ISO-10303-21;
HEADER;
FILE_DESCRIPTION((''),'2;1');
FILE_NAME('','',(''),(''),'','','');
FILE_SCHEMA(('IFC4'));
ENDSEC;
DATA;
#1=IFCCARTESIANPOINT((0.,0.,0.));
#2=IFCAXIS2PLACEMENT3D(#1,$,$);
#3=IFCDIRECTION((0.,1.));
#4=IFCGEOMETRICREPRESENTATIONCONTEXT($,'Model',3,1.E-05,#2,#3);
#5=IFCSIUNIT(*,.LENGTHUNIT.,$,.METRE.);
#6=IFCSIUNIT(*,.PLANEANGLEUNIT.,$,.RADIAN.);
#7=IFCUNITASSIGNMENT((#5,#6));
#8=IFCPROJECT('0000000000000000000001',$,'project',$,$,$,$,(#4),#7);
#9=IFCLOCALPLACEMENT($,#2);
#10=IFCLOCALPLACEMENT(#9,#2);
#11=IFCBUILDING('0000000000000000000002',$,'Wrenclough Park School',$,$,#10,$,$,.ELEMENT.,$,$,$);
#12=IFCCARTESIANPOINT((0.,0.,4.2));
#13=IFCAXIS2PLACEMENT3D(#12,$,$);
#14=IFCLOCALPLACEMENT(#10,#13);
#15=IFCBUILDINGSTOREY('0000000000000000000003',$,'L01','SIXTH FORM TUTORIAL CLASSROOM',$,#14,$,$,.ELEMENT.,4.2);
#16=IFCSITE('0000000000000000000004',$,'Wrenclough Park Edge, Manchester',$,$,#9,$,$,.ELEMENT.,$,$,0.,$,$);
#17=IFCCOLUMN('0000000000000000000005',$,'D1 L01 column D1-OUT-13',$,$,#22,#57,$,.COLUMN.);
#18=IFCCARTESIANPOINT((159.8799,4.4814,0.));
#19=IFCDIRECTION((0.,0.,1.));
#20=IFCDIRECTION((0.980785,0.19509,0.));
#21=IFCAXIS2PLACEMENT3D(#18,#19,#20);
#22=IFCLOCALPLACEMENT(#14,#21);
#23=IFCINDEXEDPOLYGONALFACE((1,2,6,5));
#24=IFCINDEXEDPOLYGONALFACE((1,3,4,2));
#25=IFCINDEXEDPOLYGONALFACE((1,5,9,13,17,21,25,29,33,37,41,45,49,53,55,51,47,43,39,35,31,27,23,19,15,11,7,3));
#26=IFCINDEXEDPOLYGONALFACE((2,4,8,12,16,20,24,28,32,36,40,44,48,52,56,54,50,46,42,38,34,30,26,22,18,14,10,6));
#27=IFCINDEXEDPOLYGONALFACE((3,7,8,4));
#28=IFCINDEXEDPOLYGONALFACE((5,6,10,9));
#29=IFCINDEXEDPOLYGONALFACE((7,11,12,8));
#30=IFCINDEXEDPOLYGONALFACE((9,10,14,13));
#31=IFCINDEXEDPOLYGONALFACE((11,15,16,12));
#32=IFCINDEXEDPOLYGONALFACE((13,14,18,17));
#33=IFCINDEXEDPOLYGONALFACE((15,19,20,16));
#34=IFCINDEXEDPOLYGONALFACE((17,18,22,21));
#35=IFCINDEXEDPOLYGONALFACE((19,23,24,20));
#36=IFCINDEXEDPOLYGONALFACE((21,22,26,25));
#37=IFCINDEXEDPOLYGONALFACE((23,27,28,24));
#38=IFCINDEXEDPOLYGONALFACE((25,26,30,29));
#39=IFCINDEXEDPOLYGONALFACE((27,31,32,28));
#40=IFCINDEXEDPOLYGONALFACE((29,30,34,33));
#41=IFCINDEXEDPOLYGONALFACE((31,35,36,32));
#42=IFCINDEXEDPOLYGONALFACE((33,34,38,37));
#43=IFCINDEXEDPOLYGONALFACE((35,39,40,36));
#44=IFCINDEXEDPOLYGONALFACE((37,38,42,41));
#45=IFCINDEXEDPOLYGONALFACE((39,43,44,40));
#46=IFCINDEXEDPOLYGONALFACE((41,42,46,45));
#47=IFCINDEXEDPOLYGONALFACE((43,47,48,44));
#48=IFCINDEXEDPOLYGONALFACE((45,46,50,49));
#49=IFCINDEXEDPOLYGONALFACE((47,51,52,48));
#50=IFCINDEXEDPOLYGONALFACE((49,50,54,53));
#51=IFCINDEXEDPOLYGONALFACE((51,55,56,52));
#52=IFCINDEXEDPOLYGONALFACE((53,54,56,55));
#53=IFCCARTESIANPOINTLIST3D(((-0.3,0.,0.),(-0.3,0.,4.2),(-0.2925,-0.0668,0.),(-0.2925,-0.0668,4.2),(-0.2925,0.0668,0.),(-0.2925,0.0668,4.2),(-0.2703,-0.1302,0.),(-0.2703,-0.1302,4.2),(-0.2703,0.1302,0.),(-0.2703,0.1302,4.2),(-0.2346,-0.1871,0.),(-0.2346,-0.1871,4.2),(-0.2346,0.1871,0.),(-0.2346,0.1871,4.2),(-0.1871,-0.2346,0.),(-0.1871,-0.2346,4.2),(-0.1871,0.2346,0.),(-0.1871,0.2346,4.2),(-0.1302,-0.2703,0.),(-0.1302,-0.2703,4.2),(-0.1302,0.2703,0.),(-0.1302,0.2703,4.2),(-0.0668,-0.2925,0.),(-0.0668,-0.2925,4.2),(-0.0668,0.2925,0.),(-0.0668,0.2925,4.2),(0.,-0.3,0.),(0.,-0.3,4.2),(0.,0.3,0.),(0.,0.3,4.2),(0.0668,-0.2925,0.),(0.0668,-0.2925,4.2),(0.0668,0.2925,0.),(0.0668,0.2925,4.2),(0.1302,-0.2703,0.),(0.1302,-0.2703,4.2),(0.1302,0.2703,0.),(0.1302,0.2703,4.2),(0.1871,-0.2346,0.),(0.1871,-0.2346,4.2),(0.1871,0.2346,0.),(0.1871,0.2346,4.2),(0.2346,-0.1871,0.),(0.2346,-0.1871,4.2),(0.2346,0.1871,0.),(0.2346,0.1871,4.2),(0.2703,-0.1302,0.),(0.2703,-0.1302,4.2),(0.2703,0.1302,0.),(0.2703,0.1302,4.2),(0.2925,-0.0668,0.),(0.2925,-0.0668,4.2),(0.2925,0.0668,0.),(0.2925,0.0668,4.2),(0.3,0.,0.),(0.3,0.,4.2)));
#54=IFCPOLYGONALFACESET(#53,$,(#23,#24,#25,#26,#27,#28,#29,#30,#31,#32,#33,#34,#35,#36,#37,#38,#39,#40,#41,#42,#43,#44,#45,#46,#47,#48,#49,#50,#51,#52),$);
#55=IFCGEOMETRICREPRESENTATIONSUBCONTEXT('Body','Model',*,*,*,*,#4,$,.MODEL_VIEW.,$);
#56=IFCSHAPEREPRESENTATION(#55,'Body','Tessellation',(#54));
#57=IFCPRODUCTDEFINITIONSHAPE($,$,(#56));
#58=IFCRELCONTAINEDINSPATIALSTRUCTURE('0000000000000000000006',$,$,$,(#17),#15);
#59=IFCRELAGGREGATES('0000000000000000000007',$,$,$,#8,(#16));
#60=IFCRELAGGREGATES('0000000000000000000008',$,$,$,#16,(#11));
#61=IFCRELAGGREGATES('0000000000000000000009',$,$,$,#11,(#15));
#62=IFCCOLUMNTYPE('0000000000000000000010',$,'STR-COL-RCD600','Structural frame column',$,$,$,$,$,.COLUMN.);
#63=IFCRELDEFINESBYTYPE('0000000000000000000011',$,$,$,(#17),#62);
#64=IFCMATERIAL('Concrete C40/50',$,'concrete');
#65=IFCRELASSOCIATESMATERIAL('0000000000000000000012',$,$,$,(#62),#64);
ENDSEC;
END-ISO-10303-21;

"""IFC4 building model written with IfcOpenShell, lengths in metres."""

from ifc_helpers import new_model, si_unit, direction, frame, origin, origin_2d, place, context, subcontext, project, spatial, circle, extrude, material, material_profile, profile_set, type_object, element, save


model = new_model("IFC4")

# Units and contexts
model_context = context("Model", 3, precision=1e-05, world=origin(), true_north=direction((0.0, 1.0)))
body_context = subcontext(model_context, "Body", "Model", "MODEL_VIEW")
ifc_project = project(units=[si_unit("LENGTHUNIT", "METRE"), si_unit("PLANEANGLEUNIT", "RADIAN")], contexts=[model_context])

# Site, building, storey
site_placement = place(None, origin())
site = spatial("IfcSite", under=ifc_project, at=site_placement, Name="Wrenclough Park Edge, Manchester", CompositionType="ELEMENT", RefElevation=0.0)
building_placement = place(site_placement, origin())
building = spatial("IfcBuilding", under=site, at=building_placement, Name="Wrenclough Park School", CompositionType="ELEMENT")
storey_placement = place(building_placement, frame((0.0, 0.0, 4.2)))
storey = spatial("IfcBuildingStorey", under=building, at=storey_placement, Name="L01", Description="SIXTH FORM TUTORIAL CLASSROOM", CompositionType="ELEMENT", Elevation=4.2)

# Column
ifc_material_1 = material(Name="Concrete C40/50", Category="concrete")
ifc_material_profile_1 = material_profile(ifc_material_1, circle(Radius=0.3, at=origin_2d()), Name="RC COL D600")
ifc_profile_set_1 = profile_set([ifc_material_profile_1], Name="Concrete C40/50")
column_type = type_object("IfcColumnType", Name="STR-COL-RCD600", Description="Structural frame column", PredefinedType="COLUMN", material=ifc_profile_set_1)
column_placement = place(storey_placement, frame((159.8799, 4.4814, 0.0), z_axis=(0.0, 0.0, 1.0), x_axis=(0.980785, 0.19509, 0.0)))
element("IfcColumn", 1, at=column_placement, inside=storey, type_object=column_type, Name="D1 L01 column D1-OUT-13", PredefinedType="COLUMN", context=body_context, shape_type="SweptSolid", body=[
    extrude(circle(Radius=0.3, at=origin_2d()), origin(), (0.0, 0.0, 1.0), 4.2),
])

save(model, "model.ifc")
